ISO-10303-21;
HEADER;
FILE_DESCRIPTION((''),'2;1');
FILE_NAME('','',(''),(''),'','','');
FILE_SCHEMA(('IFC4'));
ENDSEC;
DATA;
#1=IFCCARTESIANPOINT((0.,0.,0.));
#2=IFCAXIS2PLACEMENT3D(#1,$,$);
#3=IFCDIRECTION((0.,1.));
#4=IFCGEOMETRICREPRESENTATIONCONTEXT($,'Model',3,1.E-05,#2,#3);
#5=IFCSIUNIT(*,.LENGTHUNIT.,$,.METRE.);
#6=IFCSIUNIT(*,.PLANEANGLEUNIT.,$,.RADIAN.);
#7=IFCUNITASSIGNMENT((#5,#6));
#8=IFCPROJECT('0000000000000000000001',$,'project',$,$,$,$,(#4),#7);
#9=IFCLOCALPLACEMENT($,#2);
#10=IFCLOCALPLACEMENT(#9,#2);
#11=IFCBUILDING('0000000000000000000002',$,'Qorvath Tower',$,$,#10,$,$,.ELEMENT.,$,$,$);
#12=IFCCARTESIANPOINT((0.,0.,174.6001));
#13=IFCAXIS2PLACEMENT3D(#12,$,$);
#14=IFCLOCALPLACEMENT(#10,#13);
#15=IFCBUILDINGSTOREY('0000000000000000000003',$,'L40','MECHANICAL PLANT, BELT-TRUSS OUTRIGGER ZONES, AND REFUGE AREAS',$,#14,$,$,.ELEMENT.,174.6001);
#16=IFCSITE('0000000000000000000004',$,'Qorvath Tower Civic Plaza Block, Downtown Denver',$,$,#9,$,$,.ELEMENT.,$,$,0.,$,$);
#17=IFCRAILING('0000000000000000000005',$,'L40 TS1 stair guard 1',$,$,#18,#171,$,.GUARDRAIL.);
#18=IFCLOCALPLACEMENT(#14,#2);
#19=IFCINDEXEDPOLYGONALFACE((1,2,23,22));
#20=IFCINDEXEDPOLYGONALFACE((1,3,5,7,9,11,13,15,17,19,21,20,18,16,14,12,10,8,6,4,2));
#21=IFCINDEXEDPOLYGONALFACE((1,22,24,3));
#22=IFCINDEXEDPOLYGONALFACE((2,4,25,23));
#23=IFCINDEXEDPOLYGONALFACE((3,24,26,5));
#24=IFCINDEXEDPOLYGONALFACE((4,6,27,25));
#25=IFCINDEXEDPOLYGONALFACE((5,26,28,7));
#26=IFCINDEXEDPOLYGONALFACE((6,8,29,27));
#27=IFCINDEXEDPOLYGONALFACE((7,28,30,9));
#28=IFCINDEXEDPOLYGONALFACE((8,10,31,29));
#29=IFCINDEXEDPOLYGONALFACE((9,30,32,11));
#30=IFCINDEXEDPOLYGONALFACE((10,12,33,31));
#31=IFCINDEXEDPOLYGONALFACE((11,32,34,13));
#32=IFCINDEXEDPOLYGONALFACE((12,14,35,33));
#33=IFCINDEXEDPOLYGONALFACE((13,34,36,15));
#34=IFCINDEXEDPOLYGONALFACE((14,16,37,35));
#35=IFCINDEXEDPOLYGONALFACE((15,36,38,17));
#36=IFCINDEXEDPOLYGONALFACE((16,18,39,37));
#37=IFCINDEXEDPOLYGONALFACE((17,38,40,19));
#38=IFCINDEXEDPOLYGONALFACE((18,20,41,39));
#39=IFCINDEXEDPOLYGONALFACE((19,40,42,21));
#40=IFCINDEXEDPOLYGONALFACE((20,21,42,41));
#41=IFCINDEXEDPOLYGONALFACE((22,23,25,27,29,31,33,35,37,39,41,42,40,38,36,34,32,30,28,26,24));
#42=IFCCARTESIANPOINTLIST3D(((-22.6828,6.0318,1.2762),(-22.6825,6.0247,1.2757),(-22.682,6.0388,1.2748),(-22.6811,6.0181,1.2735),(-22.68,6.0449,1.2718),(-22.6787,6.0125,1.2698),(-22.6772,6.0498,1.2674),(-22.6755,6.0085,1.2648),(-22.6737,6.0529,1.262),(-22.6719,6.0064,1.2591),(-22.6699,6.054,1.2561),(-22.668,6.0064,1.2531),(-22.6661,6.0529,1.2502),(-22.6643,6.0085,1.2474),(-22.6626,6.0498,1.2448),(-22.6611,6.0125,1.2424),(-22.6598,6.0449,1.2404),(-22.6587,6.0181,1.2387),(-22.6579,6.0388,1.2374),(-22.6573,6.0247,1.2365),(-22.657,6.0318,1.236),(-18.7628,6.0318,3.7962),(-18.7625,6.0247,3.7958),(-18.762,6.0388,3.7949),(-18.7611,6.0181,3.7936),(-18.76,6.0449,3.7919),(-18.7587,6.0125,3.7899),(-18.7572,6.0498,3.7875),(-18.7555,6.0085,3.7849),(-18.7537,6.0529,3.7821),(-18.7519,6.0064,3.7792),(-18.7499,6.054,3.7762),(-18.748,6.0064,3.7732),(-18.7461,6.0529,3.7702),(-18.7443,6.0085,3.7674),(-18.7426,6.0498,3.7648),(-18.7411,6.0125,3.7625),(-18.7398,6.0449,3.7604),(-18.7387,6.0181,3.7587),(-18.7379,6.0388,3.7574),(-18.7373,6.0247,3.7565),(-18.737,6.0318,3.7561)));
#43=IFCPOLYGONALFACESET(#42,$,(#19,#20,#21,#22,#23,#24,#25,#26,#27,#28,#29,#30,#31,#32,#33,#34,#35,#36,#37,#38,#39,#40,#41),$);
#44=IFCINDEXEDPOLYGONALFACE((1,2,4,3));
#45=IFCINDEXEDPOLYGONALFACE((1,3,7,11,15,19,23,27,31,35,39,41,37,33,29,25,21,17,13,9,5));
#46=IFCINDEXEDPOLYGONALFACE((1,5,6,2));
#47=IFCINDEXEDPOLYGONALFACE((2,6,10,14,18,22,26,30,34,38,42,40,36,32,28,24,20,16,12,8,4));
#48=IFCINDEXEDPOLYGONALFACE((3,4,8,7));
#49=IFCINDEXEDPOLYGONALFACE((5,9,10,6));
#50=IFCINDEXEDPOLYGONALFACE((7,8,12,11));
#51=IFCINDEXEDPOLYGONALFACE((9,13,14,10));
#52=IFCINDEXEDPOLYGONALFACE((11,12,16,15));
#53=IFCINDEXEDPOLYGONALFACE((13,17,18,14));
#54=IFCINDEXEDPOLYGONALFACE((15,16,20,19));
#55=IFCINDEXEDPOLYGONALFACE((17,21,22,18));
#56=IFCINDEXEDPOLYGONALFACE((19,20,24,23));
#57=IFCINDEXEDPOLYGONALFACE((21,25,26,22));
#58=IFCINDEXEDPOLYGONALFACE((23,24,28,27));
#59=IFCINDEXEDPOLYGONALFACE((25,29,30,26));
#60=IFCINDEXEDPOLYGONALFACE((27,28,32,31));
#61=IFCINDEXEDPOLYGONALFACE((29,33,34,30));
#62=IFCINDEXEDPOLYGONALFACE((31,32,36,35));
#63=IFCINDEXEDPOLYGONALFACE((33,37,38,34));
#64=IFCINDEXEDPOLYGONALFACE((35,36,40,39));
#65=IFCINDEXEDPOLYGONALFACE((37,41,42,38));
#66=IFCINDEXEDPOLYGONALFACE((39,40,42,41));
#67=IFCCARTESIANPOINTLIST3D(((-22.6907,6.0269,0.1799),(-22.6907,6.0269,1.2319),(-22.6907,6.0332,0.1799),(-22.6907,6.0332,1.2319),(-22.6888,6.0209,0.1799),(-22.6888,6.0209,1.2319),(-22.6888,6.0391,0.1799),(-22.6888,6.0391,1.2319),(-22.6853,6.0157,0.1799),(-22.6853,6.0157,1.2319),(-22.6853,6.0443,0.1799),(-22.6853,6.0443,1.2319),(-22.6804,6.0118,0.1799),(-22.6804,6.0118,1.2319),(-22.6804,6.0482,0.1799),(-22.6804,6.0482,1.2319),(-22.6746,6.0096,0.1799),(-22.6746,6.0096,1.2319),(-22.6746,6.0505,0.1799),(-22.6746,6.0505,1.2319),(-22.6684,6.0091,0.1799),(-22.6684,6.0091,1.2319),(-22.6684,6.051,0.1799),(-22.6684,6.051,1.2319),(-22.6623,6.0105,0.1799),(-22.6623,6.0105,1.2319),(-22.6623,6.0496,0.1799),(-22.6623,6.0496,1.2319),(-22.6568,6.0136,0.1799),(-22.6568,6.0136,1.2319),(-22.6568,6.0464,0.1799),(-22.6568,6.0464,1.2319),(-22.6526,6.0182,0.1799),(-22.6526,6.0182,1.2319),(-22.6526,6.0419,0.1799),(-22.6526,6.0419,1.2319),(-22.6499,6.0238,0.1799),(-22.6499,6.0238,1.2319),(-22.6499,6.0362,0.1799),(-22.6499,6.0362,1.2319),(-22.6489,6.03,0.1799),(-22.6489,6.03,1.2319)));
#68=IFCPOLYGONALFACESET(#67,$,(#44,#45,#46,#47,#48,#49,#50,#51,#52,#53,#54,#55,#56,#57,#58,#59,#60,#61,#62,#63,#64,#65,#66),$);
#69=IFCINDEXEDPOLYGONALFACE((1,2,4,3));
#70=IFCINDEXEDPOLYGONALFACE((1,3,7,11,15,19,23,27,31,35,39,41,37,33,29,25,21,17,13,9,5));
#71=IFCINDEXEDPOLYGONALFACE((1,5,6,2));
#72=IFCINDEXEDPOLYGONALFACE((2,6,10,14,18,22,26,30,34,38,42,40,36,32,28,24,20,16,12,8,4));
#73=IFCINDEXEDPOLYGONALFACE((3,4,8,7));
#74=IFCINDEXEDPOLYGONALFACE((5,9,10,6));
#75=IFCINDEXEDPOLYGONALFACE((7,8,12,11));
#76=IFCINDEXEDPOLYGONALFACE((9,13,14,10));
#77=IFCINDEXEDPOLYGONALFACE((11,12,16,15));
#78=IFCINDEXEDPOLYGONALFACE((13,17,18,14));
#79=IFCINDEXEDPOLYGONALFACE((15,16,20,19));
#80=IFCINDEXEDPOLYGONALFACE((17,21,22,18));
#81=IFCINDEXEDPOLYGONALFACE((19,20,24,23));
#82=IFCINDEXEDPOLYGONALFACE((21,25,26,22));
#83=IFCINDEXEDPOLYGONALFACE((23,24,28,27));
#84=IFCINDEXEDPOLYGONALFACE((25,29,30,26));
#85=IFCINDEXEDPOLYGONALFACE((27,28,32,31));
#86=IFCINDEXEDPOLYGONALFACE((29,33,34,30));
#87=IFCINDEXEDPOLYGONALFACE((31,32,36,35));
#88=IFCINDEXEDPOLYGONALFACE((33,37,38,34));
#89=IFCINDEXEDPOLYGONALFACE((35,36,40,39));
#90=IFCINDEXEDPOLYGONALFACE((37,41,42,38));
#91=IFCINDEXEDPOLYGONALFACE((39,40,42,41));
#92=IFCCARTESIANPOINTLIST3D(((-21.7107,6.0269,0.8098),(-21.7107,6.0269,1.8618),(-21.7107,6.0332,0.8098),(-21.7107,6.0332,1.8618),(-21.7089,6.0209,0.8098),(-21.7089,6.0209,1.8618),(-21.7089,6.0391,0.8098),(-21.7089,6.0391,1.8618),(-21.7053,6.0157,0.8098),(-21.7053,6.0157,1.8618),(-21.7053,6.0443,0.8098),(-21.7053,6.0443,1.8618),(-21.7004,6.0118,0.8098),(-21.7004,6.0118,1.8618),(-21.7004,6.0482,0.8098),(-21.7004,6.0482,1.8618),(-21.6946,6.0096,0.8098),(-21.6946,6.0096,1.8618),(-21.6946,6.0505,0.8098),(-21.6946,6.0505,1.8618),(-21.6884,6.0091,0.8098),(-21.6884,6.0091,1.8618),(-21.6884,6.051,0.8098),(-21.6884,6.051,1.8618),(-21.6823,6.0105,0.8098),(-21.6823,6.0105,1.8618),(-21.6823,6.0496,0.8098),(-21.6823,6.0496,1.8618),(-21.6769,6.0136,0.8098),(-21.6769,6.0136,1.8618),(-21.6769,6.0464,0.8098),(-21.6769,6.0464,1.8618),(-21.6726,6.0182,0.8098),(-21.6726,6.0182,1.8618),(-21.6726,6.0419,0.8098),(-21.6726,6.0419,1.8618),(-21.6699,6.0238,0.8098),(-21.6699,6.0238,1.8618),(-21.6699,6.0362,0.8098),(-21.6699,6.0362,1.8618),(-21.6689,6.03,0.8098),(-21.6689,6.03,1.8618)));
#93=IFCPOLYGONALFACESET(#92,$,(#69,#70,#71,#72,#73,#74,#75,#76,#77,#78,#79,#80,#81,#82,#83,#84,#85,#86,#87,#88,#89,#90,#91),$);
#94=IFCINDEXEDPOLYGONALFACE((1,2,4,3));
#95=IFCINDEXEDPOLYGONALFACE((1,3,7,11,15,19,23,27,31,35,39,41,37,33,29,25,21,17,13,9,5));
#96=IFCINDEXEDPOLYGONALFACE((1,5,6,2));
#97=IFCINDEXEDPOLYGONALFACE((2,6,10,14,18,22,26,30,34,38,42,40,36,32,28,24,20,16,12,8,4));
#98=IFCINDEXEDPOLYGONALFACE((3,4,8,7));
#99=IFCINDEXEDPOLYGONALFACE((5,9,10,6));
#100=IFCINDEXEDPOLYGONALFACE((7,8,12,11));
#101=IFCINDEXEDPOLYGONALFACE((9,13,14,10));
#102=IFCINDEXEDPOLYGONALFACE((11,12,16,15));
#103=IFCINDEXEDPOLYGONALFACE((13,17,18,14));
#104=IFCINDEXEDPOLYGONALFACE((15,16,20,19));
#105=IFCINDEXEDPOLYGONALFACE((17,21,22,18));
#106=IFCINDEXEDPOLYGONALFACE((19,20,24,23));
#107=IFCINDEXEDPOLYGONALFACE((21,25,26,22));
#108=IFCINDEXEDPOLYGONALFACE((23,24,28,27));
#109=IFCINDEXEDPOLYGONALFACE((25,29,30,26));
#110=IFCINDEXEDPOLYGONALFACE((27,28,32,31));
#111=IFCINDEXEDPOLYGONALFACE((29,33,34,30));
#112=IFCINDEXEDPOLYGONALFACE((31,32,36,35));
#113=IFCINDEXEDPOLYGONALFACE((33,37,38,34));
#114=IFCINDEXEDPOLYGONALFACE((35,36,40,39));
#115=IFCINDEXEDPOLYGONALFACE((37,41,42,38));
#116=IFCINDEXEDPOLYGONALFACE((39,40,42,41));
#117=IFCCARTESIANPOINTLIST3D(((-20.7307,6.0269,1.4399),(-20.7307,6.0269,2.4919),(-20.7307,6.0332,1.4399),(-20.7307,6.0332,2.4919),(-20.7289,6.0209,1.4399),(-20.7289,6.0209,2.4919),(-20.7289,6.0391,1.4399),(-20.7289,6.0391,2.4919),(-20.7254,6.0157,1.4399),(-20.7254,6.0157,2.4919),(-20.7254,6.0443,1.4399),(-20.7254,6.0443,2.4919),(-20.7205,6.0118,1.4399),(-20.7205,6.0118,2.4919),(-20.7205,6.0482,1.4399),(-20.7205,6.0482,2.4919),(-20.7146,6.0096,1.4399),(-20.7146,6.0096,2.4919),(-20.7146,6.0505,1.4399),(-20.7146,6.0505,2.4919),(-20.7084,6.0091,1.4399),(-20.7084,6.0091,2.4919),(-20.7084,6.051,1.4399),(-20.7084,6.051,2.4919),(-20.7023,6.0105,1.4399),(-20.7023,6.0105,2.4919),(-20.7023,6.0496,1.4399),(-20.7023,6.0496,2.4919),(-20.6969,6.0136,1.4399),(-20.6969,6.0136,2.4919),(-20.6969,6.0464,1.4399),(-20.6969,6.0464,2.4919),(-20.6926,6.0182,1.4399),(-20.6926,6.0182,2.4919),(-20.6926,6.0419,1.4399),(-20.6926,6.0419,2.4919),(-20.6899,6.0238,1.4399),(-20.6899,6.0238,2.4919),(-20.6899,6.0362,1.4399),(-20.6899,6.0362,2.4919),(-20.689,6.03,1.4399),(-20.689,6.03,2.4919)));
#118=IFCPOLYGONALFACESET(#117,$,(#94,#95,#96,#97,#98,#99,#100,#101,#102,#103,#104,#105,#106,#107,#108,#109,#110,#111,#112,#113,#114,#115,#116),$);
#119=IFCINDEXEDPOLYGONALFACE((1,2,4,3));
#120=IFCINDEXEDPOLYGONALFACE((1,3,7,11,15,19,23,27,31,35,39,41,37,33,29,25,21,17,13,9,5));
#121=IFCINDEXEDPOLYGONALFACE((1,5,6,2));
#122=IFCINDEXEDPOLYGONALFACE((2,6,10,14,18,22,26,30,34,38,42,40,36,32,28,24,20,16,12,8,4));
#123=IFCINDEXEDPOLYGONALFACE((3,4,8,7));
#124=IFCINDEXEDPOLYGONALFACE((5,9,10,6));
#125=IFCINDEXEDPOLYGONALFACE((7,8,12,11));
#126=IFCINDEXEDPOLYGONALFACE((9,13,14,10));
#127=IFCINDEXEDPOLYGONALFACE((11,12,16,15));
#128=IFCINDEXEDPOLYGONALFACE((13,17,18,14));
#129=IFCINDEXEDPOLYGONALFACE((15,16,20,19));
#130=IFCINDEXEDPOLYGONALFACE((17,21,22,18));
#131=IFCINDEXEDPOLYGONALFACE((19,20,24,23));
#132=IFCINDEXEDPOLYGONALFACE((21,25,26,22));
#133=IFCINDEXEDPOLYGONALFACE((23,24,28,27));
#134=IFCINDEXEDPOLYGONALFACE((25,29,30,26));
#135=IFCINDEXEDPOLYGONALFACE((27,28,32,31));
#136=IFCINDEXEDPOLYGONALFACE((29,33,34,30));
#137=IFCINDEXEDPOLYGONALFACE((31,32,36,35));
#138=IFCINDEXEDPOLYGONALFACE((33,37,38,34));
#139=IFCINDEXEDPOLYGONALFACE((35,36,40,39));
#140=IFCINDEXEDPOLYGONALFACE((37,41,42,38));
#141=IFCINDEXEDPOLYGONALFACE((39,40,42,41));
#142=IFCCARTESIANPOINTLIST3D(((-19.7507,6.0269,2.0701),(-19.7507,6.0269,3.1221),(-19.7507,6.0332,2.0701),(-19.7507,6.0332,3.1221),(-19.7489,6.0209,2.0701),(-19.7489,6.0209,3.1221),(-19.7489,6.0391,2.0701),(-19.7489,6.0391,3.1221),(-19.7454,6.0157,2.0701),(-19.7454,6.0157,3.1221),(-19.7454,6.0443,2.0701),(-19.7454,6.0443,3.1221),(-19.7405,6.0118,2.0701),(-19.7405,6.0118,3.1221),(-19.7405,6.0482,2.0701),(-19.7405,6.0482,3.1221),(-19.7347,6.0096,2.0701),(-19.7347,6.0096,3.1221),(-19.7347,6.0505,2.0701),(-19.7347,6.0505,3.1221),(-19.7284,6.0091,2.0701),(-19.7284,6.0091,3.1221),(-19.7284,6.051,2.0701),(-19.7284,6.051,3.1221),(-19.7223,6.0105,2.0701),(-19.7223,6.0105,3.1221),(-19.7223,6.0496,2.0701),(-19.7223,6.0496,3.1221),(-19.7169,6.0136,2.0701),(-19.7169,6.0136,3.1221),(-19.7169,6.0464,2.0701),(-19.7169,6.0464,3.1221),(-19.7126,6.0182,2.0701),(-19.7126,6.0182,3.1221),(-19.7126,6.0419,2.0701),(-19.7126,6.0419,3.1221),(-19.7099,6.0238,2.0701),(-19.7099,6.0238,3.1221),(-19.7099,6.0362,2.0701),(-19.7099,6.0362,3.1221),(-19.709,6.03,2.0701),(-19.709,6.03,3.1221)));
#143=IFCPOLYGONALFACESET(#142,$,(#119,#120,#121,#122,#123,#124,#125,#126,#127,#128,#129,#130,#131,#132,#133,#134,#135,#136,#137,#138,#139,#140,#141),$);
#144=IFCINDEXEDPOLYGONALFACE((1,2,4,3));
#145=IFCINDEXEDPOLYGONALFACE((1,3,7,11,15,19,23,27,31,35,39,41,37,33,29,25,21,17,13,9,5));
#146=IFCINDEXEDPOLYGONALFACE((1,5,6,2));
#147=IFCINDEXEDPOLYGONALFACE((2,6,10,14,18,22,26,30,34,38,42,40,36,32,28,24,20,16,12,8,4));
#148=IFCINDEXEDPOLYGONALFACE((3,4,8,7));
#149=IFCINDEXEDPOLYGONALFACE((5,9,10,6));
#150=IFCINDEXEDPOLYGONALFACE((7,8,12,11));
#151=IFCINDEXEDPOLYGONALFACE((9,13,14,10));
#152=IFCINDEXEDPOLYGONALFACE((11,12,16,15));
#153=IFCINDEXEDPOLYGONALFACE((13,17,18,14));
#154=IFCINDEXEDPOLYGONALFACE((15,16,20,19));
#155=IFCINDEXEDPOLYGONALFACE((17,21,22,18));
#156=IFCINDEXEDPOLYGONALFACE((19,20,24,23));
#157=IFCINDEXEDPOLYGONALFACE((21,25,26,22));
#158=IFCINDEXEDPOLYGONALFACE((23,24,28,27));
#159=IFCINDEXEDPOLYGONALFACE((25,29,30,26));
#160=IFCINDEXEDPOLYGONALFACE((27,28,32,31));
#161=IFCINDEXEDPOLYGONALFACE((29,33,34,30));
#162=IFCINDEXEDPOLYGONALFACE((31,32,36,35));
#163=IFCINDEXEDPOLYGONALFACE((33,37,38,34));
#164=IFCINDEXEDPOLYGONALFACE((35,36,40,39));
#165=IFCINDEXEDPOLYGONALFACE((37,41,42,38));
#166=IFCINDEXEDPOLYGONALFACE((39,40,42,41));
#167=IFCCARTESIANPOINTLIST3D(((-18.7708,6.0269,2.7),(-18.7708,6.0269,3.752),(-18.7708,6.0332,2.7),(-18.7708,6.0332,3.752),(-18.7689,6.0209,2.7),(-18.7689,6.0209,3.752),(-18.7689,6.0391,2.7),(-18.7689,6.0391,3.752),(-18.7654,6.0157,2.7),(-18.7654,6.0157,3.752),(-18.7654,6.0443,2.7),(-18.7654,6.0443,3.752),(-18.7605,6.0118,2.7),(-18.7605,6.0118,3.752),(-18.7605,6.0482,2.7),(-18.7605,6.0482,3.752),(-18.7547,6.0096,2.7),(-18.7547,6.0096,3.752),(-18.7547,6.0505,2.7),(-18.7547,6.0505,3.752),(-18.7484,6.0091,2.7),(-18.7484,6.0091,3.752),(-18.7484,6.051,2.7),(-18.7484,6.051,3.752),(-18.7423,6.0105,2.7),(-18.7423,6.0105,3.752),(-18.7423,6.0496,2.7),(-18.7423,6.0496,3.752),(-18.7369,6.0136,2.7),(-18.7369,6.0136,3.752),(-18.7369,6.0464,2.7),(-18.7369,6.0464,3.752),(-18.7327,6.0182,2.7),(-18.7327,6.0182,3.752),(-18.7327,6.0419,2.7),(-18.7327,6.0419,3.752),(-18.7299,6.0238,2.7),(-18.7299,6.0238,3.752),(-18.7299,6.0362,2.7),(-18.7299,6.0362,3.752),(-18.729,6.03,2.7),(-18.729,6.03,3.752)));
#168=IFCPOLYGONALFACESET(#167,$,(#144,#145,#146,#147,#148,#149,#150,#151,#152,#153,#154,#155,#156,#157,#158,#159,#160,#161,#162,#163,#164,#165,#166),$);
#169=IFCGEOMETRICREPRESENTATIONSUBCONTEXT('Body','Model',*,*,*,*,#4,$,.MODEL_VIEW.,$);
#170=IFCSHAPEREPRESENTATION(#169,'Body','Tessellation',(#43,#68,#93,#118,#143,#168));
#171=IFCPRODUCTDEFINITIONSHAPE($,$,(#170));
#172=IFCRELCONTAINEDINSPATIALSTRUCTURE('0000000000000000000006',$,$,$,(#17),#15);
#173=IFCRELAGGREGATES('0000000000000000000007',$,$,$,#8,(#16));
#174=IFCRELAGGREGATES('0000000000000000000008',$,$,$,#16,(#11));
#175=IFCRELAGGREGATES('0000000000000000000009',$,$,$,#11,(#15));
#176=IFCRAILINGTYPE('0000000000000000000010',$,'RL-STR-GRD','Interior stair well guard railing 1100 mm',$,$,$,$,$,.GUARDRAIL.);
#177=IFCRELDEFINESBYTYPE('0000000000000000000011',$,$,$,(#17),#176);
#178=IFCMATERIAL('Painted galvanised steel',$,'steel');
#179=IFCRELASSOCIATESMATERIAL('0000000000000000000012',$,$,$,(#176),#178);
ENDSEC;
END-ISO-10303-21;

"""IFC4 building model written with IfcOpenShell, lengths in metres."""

from ifc_helpers import new_model, si_unit, direction, frame, origin, origin_2d, place, context, subcontext, project, spatial, circle, extrude, material, type_object, element, save


model = new_model("IFC4")

# Units and contexts
model_context = context("Model", 3, precision=1e-05, world=origin(), true_north=direction((0.0, 1.0)))
body_context = subcontext(model_context, "Body", "Model", "MODEL_VIEW")
ifc_project = project(units=[si_unit("LENGTHUNIT", "METRE"), si_unit("PLANEANGLEUNIT", "RADIAN")], contexts=[model_context])

# Site, building, storey
site_placement = place(None, origin())
site = spatial("IfcSite", under=ifc_project, at=site_placement, Name="Qorvath Tower Civic Plaza Block, Downtown Denver", CompositionType="ELEMENT", RefElevation=0.0)
building_placement = place(site_placement, origin())
building = spatial("IfcBuilding", under=site, at=building_placement, Name="Qorvath Tower", CompositionType="ELEMENT")
storey_placement = place(building_placement, frame((0.0, 0.0, 174.6001)))
storey = spatial("IfcBuildingStorey", under=building, at=storey_placement, Name="L40", Description="MECHANICAL PLANT, BELT-TRUSS OUTRIGGER ZONES, AND REFUGE AREAS", CompositionType="ELEMENT", Elevation=174.6001)

# Railing
ifc_material_1 = material(Name="Painted galvanised steel", Category="steel")
railing_type_1 = type_object("IfcRailingType", Name="RL-STR-GRD", Description="Interior stair well guard railing 1100 mm", PredefinedType="GUARDRAIL", material=ifc_material_1)
railing_1_placement = place(storey_placement, frame((-22.6699, 6.03, 0.1799)))
element("IfcRailing", 1, at=railing_1_placement, inside=storey, type_object=railing_type_1, Name="L40 TS1 stair guard 1", PredefinedType="GUARDRAIL", context=body_context, shape_type="SweptSolid", body=[
    extrude(circle(Radius=0.0239, at=origin_2d()), frame((0.0, 0.0, 1.0762), z_axis=(0.841172, 0.0, 0.540768), x_axis=(0.0, 1.0, 0.0)), (0.0, 0.0, 1.0), 4.6602),
    extrude(circle(Radius=0.021, at=origin_2d()), origin(), (0.0, 0.0, 1.0), 1.052),
    extrude(circle(Radius=0.021, at=origin_2d()), frame((0.98, 0.0, 0.6299)), (0.0, 0.0, 1.0), 1.052),
    extrude(circle(Radius=0.021, at=origin_2d()), frame((1.96, 0.0, 1.26)), (0.0, 0.0, 1.0), 1.052),
    extrude(circle(Radius=0.021, at=origin_2d()), frame((2.9399, 0.0, 1.8901)), (0.0, 0.0, 1.0), 1.052),
    extrude(circle(Radius=0.021, at=origin_2d()), frame((3.9199, 0.0, 2.52)), (0.0, 0.0, 1.0), 1.052),
])

save(model, "model.ifc")
